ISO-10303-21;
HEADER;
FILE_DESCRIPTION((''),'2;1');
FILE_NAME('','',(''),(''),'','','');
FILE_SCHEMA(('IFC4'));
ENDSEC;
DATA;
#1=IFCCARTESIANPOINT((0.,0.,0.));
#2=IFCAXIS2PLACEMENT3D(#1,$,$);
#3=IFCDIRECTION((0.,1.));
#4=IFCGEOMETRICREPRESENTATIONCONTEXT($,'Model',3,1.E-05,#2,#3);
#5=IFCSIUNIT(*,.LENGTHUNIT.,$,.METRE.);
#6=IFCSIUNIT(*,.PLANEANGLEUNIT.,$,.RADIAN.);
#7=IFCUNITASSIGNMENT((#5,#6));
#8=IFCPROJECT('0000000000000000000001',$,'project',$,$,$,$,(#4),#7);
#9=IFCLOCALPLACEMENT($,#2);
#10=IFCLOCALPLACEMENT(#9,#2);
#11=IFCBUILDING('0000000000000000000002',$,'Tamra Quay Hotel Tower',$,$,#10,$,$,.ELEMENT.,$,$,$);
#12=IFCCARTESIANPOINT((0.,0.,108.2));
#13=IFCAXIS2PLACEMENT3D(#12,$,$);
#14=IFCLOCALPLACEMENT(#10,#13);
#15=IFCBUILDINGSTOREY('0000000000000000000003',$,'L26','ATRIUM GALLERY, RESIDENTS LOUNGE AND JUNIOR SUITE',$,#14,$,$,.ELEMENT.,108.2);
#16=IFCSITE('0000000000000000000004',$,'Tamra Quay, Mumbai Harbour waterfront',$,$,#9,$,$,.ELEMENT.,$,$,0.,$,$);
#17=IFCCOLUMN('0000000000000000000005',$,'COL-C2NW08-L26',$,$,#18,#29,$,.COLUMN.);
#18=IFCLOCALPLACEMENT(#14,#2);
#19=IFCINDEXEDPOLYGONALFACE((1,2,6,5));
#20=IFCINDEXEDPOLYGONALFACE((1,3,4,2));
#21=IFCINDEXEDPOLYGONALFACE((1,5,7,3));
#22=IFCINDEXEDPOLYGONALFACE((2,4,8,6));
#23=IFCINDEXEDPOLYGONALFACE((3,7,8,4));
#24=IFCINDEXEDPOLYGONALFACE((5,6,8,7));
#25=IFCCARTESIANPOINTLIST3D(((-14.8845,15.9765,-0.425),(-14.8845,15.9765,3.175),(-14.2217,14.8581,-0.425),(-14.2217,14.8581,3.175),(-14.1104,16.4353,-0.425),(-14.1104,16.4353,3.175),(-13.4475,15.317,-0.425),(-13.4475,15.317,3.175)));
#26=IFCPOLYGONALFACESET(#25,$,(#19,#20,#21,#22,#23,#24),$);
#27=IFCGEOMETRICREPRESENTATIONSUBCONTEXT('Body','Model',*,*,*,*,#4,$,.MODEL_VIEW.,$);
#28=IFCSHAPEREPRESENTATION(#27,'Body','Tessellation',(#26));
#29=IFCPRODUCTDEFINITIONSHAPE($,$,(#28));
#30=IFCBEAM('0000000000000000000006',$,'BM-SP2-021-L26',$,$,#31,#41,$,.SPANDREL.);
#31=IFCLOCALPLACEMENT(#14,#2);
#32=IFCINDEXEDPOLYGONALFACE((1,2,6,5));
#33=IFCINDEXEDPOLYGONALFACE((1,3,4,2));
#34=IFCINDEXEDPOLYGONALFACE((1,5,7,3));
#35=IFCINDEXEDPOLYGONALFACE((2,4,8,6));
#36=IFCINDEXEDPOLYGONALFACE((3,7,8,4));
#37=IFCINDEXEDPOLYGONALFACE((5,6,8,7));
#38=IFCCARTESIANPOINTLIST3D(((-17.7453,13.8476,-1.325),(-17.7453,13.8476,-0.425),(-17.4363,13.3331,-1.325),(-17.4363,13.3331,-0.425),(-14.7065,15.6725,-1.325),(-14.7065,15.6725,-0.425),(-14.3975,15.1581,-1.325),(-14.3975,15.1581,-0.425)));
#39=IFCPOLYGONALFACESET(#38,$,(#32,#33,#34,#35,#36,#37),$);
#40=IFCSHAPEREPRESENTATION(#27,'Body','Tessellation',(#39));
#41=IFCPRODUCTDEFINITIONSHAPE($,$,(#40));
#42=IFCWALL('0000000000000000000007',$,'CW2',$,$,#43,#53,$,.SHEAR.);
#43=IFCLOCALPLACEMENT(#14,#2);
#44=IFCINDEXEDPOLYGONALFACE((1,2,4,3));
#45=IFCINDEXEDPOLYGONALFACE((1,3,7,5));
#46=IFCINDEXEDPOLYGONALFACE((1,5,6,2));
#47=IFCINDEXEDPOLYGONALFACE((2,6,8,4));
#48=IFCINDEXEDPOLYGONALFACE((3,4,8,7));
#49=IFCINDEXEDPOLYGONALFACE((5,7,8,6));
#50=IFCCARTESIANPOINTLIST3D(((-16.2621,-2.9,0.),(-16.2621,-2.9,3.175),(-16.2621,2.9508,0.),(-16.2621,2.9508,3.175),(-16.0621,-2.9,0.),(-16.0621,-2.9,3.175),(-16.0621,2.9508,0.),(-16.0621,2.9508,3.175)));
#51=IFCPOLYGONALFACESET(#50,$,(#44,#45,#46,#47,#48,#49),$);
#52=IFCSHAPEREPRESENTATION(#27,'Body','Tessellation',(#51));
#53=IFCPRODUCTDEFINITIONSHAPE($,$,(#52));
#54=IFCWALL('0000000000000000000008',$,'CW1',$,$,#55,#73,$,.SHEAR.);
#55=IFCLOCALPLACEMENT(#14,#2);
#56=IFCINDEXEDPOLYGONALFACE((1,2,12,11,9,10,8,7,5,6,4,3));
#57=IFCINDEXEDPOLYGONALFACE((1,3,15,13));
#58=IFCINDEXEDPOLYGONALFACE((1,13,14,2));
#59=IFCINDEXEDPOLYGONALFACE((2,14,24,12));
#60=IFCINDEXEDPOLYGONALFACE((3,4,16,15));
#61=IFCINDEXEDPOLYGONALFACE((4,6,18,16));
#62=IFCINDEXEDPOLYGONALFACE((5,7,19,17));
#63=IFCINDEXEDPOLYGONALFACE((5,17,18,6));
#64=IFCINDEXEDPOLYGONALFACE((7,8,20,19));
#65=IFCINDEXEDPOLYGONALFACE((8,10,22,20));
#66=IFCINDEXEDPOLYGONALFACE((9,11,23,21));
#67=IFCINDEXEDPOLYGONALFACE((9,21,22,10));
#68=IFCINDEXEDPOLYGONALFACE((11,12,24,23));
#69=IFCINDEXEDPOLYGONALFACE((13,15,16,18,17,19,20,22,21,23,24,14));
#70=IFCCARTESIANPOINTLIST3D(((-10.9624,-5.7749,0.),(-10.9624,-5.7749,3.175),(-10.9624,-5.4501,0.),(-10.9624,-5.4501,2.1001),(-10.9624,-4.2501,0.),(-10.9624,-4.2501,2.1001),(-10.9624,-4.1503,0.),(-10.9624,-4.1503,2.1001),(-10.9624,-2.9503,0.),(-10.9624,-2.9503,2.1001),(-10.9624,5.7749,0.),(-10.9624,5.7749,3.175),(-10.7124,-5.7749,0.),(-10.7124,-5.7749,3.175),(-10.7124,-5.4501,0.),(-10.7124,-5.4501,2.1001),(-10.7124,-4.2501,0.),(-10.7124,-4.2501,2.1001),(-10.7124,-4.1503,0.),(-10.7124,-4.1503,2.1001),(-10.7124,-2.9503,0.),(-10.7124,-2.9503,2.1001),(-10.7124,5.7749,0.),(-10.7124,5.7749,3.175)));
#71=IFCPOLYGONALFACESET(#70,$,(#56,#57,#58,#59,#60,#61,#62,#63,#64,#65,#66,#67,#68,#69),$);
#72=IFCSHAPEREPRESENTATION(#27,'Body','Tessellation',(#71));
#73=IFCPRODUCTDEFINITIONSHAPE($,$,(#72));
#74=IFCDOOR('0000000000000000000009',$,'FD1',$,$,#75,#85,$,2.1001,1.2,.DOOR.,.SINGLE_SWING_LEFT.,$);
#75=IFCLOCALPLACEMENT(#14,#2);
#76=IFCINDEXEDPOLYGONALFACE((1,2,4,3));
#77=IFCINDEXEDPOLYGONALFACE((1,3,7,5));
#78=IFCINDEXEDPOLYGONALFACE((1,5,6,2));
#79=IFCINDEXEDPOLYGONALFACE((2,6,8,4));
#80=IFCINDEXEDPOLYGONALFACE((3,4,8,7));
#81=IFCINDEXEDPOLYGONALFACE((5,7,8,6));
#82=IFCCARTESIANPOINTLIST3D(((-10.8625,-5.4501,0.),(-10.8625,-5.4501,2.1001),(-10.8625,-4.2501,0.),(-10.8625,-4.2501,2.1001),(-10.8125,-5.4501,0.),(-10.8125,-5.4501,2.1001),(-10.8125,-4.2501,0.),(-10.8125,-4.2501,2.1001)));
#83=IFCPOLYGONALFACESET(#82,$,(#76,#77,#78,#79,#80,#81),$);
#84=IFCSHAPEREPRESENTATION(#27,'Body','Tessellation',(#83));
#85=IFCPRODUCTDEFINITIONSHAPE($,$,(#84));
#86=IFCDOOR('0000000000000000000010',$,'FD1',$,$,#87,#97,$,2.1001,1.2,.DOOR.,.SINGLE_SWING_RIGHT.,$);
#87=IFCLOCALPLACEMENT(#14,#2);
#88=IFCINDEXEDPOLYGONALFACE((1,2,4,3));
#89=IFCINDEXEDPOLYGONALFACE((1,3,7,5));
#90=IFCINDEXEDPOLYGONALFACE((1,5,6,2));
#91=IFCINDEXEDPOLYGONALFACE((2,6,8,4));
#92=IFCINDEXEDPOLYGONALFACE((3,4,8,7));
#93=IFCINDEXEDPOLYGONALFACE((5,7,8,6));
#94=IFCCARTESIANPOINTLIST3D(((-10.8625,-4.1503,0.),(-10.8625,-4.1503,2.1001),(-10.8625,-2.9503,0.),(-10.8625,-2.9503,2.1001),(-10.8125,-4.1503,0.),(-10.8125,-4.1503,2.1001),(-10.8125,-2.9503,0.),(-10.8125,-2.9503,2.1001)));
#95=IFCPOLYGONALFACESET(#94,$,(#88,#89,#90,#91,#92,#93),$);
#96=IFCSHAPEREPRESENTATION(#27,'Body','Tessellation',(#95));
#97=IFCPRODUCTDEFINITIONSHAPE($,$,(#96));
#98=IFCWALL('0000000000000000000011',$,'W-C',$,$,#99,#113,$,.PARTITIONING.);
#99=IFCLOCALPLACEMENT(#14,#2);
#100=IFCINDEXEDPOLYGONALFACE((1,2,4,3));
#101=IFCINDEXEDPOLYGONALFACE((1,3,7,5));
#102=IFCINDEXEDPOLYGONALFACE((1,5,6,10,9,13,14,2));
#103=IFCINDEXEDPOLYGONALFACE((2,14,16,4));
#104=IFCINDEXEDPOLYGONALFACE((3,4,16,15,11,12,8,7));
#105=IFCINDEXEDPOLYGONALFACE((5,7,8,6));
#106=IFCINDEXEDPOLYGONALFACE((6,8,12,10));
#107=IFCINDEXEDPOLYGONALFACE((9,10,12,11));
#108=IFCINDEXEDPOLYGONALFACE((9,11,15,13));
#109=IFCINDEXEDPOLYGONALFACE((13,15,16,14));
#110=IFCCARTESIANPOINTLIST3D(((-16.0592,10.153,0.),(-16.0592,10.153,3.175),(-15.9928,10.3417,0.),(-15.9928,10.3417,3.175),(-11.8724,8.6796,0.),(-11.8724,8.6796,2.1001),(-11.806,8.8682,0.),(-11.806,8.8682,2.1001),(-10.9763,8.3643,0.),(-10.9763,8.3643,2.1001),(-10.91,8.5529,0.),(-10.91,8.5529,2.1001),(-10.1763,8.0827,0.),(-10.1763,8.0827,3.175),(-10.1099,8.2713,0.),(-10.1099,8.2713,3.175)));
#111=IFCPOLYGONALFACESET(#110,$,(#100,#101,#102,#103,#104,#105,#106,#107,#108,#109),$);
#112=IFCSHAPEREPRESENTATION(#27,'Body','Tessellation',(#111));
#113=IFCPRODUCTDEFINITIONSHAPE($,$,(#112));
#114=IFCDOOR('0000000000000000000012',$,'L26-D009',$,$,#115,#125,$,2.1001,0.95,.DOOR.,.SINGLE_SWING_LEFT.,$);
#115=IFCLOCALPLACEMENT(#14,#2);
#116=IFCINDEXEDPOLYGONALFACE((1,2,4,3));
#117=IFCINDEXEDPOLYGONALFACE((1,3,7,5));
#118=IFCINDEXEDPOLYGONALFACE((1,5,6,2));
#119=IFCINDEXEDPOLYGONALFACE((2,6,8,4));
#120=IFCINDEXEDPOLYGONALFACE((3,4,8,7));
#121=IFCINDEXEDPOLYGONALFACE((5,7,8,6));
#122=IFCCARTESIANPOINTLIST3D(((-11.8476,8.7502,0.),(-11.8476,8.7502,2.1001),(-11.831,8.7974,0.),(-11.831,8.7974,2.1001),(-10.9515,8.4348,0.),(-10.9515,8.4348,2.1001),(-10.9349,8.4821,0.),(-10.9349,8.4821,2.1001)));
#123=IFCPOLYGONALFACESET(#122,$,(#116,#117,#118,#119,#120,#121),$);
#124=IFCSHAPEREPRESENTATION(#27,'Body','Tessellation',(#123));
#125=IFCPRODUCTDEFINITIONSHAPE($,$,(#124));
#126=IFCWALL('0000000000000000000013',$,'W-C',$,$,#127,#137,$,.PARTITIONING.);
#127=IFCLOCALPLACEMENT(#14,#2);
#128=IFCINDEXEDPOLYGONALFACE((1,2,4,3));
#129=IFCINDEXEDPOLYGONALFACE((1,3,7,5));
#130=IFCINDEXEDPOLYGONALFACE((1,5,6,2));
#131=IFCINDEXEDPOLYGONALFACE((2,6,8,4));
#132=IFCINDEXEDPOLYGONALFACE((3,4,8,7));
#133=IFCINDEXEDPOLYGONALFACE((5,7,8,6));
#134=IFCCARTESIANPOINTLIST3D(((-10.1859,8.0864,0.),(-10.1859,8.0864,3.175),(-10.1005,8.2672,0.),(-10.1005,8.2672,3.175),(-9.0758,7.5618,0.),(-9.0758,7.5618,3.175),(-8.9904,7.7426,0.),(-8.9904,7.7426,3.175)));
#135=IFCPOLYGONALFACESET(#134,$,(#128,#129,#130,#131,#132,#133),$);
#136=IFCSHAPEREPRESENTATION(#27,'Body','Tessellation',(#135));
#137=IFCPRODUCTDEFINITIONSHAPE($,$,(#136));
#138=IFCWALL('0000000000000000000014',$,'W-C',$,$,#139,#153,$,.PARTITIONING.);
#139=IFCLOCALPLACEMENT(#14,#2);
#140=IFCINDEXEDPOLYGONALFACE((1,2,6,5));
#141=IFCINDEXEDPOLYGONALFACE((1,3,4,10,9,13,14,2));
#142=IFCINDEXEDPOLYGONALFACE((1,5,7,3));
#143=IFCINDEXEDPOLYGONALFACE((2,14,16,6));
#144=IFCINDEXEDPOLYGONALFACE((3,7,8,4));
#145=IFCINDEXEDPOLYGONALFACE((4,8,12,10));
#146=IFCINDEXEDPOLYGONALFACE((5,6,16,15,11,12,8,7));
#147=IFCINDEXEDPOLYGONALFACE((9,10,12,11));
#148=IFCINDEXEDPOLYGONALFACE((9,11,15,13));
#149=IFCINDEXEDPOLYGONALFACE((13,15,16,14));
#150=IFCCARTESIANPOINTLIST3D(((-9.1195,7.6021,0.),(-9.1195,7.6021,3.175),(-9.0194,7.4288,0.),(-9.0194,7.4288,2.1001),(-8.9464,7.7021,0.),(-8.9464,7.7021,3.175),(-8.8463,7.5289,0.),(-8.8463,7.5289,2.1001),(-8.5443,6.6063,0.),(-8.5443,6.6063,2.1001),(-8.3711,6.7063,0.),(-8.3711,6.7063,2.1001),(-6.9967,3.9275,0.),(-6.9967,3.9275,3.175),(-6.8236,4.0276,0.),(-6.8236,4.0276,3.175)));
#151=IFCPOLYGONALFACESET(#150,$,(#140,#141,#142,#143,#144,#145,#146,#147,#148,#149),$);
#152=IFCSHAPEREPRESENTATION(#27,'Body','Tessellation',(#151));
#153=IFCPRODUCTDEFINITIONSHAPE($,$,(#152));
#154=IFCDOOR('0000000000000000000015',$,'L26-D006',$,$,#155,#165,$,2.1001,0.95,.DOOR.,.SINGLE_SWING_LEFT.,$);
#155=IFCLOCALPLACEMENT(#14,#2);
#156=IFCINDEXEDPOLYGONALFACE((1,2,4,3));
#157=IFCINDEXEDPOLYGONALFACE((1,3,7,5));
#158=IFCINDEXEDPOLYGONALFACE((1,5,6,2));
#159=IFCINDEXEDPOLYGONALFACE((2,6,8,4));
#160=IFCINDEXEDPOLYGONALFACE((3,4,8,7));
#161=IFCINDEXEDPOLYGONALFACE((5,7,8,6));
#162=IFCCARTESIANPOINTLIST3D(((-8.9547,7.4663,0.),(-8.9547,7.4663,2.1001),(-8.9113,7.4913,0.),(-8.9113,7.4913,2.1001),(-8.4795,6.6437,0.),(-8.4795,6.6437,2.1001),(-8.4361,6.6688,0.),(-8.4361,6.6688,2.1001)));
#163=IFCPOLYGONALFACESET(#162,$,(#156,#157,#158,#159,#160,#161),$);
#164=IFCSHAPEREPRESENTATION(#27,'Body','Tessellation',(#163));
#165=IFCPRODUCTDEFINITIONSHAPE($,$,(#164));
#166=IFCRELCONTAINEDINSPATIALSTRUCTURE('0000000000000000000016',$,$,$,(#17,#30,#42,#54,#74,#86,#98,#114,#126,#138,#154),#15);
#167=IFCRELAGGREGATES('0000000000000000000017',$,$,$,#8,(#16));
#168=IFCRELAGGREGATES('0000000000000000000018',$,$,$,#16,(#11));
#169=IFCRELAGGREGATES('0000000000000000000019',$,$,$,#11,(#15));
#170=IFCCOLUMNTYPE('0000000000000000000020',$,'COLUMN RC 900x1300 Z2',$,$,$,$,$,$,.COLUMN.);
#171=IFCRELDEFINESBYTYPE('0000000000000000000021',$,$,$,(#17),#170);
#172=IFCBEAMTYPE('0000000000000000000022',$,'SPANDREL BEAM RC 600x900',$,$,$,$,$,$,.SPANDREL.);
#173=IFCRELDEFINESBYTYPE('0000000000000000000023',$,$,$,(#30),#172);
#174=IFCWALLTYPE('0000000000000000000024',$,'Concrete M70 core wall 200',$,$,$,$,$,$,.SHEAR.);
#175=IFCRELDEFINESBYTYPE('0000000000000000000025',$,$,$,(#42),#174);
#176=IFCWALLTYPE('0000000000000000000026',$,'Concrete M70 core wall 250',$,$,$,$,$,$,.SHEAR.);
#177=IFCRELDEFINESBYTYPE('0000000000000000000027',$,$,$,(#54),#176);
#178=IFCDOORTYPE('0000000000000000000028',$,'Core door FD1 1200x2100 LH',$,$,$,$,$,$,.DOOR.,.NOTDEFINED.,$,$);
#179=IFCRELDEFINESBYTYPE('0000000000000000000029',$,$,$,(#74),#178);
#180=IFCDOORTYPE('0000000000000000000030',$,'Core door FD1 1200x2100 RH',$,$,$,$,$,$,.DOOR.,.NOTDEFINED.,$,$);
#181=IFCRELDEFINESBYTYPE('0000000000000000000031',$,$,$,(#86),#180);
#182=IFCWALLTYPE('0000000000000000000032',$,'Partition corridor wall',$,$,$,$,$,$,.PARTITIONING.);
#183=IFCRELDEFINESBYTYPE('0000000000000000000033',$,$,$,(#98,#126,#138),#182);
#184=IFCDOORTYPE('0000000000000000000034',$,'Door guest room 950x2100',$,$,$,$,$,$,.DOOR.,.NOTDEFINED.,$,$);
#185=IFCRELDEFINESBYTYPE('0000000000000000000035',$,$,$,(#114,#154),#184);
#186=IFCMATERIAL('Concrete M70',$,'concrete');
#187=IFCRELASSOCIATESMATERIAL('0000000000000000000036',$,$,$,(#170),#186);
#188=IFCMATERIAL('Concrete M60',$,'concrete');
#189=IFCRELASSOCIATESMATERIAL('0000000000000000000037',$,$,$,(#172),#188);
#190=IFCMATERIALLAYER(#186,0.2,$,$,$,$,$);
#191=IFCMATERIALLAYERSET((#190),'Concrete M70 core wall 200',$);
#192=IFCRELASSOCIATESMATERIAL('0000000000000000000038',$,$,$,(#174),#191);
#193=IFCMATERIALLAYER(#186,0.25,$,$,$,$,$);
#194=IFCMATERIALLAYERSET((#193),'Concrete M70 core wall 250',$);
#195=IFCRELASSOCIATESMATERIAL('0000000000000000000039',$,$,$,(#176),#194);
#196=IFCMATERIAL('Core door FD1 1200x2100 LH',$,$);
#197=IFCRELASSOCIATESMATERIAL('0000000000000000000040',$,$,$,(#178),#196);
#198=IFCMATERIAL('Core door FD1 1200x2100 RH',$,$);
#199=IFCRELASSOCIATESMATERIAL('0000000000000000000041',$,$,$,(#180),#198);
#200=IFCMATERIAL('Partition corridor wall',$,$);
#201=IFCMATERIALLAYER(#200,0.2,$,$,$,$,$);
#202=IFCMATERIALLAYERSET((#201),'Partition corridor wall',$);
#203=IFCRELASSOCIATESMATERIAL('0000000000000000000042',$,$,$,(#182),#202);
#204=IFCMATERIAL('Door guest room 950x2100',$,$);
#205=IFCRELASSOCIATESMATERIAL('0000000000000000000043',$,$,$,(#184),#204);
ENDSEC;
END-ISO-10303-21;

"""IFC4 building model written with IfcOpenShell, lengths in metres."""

from ifc_helpers import new_model, si_unit, direction, frame, frame_2d, origin, origin_2d, place, context, subcontext, project, spatial, rectangle, extrude, material, layer, layer_set, material_profile, profile_set, type_object, element, fill, save


model = new_model("IFC4")

# Units and contexts
model_context = context("Model", 3, precision=1e-05, world=origin(), true_north=direction((0.0, 1.0)))
body_context = subcontext(model_context, "Body", "Model", "MODEL_VIEW")
ifc_project = project(units=[si_unit("LENGTHUNIT", "METRE"), si_unit("PLANEANGLEUNIT", "RADIAN")], contexts=[model_context])

# Site, building, storey
site_placement = place(None, origin())
site = spatial("IfcSite", under=ifc_project, at=site_placement, Name="Tamra Quay, Mumbai Harbour waterfront", CompositionType="ELEMENT", RefElevation=0.0)
building_placement = place(site_placement, origin())
building = spatial("IfcBuilding", under=site, at=building_placement, Name="Tamra Quay Hotel Tower", CompositionType="ELEMENT")
storey_placement = place(building_placement, frame((0.0, 0.0, 108.2)))
storey = spatial("IfcBuildingStorey", under=building, at=storey_placement, Name="L26", Description="ATRIUM GALLERY, RESIDENTS LOUNGE AND JUNIOR SUITE", CompositionType="ELEMENT", Elevation=108.2)

# Column
ifc_material_1 = material(Name="Concrete M70", Category="concrete")
ifc_material_profile_1 = material_profile(ifc_material_1, rectangle(XDim=1.3, YDim=0.8999, at=origin_2d()), Name="COLUMN RC 900x1300 Z2")
ifc_profile_set_1 = profile_set([ifc_material_profile_1], Name="Concrete M70")
column_type = type_object("IfcColumnType", Name="COLUMN RC 900x1300 Z2", PredefinedType="COLUMN", material=ifc_profile_set_1)
column_placement = place(storey_placement, frame((-14.166, 15.6467, -0.425), z_axis=(0.0, 0.0, 1.0), x_axis=(-0.509873, 0.860249, 0.0)))
element("IfcColumn", 1, at=column_placement, inside=storey, type_object=column_type, Name="COL-C2NW08-L26", PredefinedType="COLUMN", context=body_context, shape_type="SweptSolid", body=[
    extrude(rectangle(XDim=1.3, YDim=0.8999, at=origin_2d()), origin(), (0.0, 0.0, 1.0), 3.6001),
])

# Beam
ifc_material_2 = material(Name="Concrete M60", Category="concrete")
ifc_material_profile_2 = material_profile(ifc_material_2, rectangle(XDim=0.6001, YDim=0.8999, at=origin_2d()), Name="SPANDREL BEAM RC 600x900")
ifc_profile_set_2 = profile_set([ifc_material_profile_2], Name="Concrete M60")
beam_type = type_object("IfcBeamType", Name="SPANDREL BEAM RC 600x900", PredefinedType="SPANDREL", material=ifc_profile_set_2)
beam_placement = place(storey_placement, frame((-14.552, 15.4153, -0.875), z_axis=(-0.857286, -0.51484, 0.0), x_axis=(0.51484, -0.857286, 0.0)))
element("IfcBeam", 2, at=beam_placement, inside=storey, type_object=beam_type, Name="BM-SP2-021-L26", PredefinedType="SPANDREL", context=body_context, shape_type="SweptSolid", body=[
    extrude(rectangle(XDim=0.6001, YDim=0.8999, at=origin_2d()), origin(), (0.0, 0.0, 1.0), 3.5447),
])

# Wall
ifc_layer_1 = layer(ifc_material_1, 0.2)
ifc_layer_set_1 = layer_set([ifc_layer_1], Name="Concrete M70 core wall 200")
wall_type_1 = type_object("IfcWallType", Name="Concrete M70 core wall 200", PredefinedType="SHEAR", material=ifc_layer_set_1)
wall_1_placement = place(storey_placement, frame((-16.1621, 2.9507, 0.0), z_axis=(0.0, 0.0, 1.0), x_axis=(0.0, -1.0, 0.0)))
element("IfcWall", 3, at=wall_1_placement, inside=storey, type_object=wall_type_1, Name="CW2", PredefinedType="SHEAR", context=body_context, shape_type="SweptSolid", body=[
    extrude(rectangle(XDim=5.8508, YDim=0.2, at=frame_2d((2.9253, 0.0))), origin(), (0.0, 0.0, 1.0), 3.175),
])

# Wall, openings, doors
ifc_layer_2 = layer(ifc_material_1, 0.25)
ifc_layer_set_2 = layer_set([ifc_layer_2], Name="Concrete M70 core wall 250")
wall_type_2 = type_object("IfcWallType", Name="Concrete M70 core wall 250", PredefinedType="SHEAR", material=ifc_layer_set_2)
wall_2_placement = place(storey_placement, frame((-10.8374, 5.7749, 0.0), z_axis=(0.0, 0.0, 1.0), x_axis=(0.0, -1.0, 0.0)))
wall_2 = element("IfcWall", 4, at=wall_2_placement, inside=storey, type_object=wall_type_2, Name="CW1", PredefinedType="SHEAR", context=body_context, shape_type="SweptSolid", body=[
    extrude(rectangle(XDim=11.5498, YDim=0.25, at=frame_2d((5.7749, 0.0))), origin(), (0.0, 0.0, 1.0), 3.175),
])
opening_1_placement = place(wall_2_placement, frame((10.0249, 0.0, 0.0)))
opening_1 = element("IfcOpeningElement", 5, at=opening_1_placement, cuts=wall_2, PredefinedType="OPENING", context=body_context, shape_type="SweptSolid", body=[
    extrude(rectangle(XDim=1.2, YDim=2.1001, at=frame_2d((0.6001, 1.05))), frame((0.0, 0.135, 0.0), z_axis=(0.0, -1.0, 0.0), x_axis=(1.0, 0.0, 0.0)), (0.0, 0.0, 1.0), 0.27),
])
opening_2_placement = place(wall_2_placement, frame((8.7251, 0.0, 0.0)))
opening_2 = element("IfcOpeningElement", 6, at=opening_2_placement, cuts=wall_2, PredefinedType="OPENING", context=body_context, shape_type="SweptSolid", body=[
    extrude(rectangle(XDim=1.2, YDim=2.1001, at=frame_2d((0.6001, 1.05))), frame((0.0, 0.135, 0.0), z_axis=(0.0, -1.0, 0.0), x_axis=(1.0, 0.0, 0.0)), (0.0, 0.0, 1.0), 0.27),
])
ifc_material_3 = material(Name="Core door FD1 1200x2100 LH")
door_type_1 = type_object("IfcDoorType", Name="Core door FD1 1200x2100 LH", OperationType="NOTDEFINED", PredefinedType="DOOR", material=ifc_material_3)
door_1_placement = place(opening_1_placement, origin())
door_1 = element("IfcDoor", 7, at=door_1_placement, inside=storey, type_object=door_type_1, Name="FD1", OperationType="SINGLE_SWING_LEFT", OverallHeight=2.1001, OverallWidth=1.2, PredefinedType="DOOR", context=body_context, shape_type="SweptSolid", body=[
    extrude(rectangle(XDim=1.2, YDim=2.1001, at=frame_2d((0.6001, 1.05))), frame((0.0, 0.0249, 0.0), z_axis=(0.0, -1.0, 0.0), x_axis=(1.0, 0.0, 0.0)), (0.0, 0.0, 1.0), 0.05),
])
fill(opening_1, door_1)
ifc_material_4 = material(Name="Core door FD1 1200x2100 RH")
door_type_2 = type_object("IfcDoorType", Name="Core door FD1 1200x2100 RH", OperationType="NOTDEFINED", PredefinedType="DOOR", material=ifc_material_4)
door_2_placement = place(opening_2_placement, origin())
door_2 = element("IfcDoor", 8, at=door_2_placement, inside=storey, type_object=door_type_2, Name="FD1", OperationType="SINGLE_SWING_RIGHT", OverallHeight=2.1001, OverallWidth=1.2, PredefinedType="DOOR", context=body_context, shape_type="SweptSolid", body=[
    extrude(rectangle(XDim=1.2, YDim=2.1001, at=frame_2d((0.6001, 1.05))), frame((0.0, 0.0249, 0.0), z_axis=(0.0, -1.0, 0.0), x_axis=(1.0, 0.0, 0.0)), (0.0, 0.0, 1.0), 0.05),
])
fill(opening_2, door_2)

# Wall, opening, door
ifc_material_5 = material(Name="Partition corridor wall")
ifc_layer_3 = layer(ifc_material_5, 0.2)
ifc_layer_set_3 = layer_set([ifc_layer_3], Name="Partition corridor wall")
wall_type_3 = type_object("IfcWallType", Name="Partition corridor wall", PredefinedType="PARTITIONING", material=ifc_layer_set_3)
wall_3_placement = place(storey_placement, frame((-16.0259, 10.2473, 0.0), z_axis=(0.0, 0.0, 1.0), x_axis=(0.943291, -0.331968, 0.0)))
wall_3 = element("IfcWall", 9, at=wall_3_placement, inside=storey, type_object=wall_type_3, Name="W-C", PredefinedType="PARTITIONING", context=body_context, shape_type="SweptSolid", body=[
    extrude(rectangle(XDim=6.2366, YDim=0.2, at=frame_2d((3.1182, 0.0))), origin(), (0.0, 0.0, 1.0), 3.175),
])
opening_3_placement = place(wall_3_placement, frame((4.4382, 0.0, 0.0)))
opening_3 = element("IfcOpeningElement", 10, at=opening_3_placement, cuts=wall_3, PredefinedType="OPENING", context=body_context, shape_type="SweptSolid", body=[
    extrude(rectangle(XDim=0.95, YDim=2.1001, at=frame_2d((0.4751, 1.05))), frame((0.0, 0.1099, 0.0), z_axis=(0.0, -1.0, 0.0), x_axis=(1.0, 0.0, 0.0)), (0.0, 0.0, 1.0), 0.22),
])
ifc_material_6 = material(Name="Door guest room 950x2100")
door_type_3 = type_object("IfcDoorType", Name="Door guest room 950x2100", OperationType="NOTDEFINED", PredefinedType="DOOR", material=ifc_material_6)
door_3_placement = place(opening_3_placement, origin())
door_3 = element("IfcDoor", 11, at=door_3_placement, inside=storey, type_object=door_type_3, Name="L26-D009", OperationType="SINGLE_SWING_LEFT", OverallHeight=2.1001, OverallWidth=0.95, PredefinedType="DOOR", context=body_context, shape_type="SweptSolid", body=[
    extrude(rectangle(XDim=0.95, YDim=2.1001, at=frame_2d((0.4751, 1.05))), frame((0.0, 0.0249, 0.0), z_axis=(0.0, -1.0, 0.0), x_axis=(1.0, 0.0, 0.0)), (0.0, 0.0, 1.0), 0.05),
])
fill(opening_3, door_3)

# Wall
wall_4_placement = place(storey_placement, frame((-10.1431, 8.1768, 0.0), z_axis=(0.0, 0.0, 1.0), x_axis=(0.90411, -0.4273, 0.0)))
element("IfcWall", 12, at=wall_4_placement, inside=storey, type_object=wall_type_3, Name="W-C", PredefinedType="PARTITIONING", context=body_context, shape_type="SweptSolid", body=[
    extrude(rectangle(XDim=1.2278, YDim=0.2, at=frame_2d((0.6138, 0.0))), origin(), (0.0, 0.0, 1.0), 3.175),
])

# Wall, opening, door
wall_5_placement = place(storey_placement, frame((-9.033, 7.6521, 0.0), z_axis=(0.0, 0.0, 1.0), x_axis=(0.500229, -0.865893, 0.0)))
wall_5 = element("IfcWall", 13, at=wall_5_placement, inside=storey, type_object=wall_type_3, Name="W-C", PredefinedType="PARTITIONING", context=body_context, shape_type="SweptSolid", body=[
    extrude(rectangle(XDim=4.2437, YDim=0.2, at=frame_2d((2.1218, 0.0))), origin(), (0.0, 0.0, 1.0), 3.175),
])
opening_4_placement = place(wall_5_placement, frame((0.2, 0.0, 0.0)))
opening_4 = element("IfcOpeningElement", 14, at=opening_4_placement, cuts=wall_5, PredefinedType="OPENING", context=body_context, shape_type="SweptSolid", body=[
    extrude(rectangle(XDim=0.95, YDim=2.1001, at=frame_2d((0.4751, 1.05))), frame((0.0, 0.1099, 0.0), z_axis=(0.0, -1.0, 0.0), x_axis=(1.0, 0.0, 0.0)), (0.0, 0.0, 1.0), 0.22),
])
door_4_placement = place(opening_4_placement, origin())
door_4 = element("IfcDoor", 15, at=door_4_placement, inside=storey, type_object=door_type_3, Name="L26-D006", OperationType="SINGLE_SWING_LEFT", OverallHeight=2.1001, OverallWidth=0.95, PredefinedType="DOOR", context=body_context, shape_type="SweptSolid", body=[
    extrude(rectangle(XDim=0.95, YDim=2.1001, at=frame_2d((0.4751, 1.05))), frame((0.0, 0.0249, 0.0), z_axis=(0.0, -1.0, 0.0), x_axis=(1.0, 0.0, 0.0)), (0.0, 0.0, 1.0), 0.05),
])
fill(opening_4, door_4)

save(model, "model.ifc")
